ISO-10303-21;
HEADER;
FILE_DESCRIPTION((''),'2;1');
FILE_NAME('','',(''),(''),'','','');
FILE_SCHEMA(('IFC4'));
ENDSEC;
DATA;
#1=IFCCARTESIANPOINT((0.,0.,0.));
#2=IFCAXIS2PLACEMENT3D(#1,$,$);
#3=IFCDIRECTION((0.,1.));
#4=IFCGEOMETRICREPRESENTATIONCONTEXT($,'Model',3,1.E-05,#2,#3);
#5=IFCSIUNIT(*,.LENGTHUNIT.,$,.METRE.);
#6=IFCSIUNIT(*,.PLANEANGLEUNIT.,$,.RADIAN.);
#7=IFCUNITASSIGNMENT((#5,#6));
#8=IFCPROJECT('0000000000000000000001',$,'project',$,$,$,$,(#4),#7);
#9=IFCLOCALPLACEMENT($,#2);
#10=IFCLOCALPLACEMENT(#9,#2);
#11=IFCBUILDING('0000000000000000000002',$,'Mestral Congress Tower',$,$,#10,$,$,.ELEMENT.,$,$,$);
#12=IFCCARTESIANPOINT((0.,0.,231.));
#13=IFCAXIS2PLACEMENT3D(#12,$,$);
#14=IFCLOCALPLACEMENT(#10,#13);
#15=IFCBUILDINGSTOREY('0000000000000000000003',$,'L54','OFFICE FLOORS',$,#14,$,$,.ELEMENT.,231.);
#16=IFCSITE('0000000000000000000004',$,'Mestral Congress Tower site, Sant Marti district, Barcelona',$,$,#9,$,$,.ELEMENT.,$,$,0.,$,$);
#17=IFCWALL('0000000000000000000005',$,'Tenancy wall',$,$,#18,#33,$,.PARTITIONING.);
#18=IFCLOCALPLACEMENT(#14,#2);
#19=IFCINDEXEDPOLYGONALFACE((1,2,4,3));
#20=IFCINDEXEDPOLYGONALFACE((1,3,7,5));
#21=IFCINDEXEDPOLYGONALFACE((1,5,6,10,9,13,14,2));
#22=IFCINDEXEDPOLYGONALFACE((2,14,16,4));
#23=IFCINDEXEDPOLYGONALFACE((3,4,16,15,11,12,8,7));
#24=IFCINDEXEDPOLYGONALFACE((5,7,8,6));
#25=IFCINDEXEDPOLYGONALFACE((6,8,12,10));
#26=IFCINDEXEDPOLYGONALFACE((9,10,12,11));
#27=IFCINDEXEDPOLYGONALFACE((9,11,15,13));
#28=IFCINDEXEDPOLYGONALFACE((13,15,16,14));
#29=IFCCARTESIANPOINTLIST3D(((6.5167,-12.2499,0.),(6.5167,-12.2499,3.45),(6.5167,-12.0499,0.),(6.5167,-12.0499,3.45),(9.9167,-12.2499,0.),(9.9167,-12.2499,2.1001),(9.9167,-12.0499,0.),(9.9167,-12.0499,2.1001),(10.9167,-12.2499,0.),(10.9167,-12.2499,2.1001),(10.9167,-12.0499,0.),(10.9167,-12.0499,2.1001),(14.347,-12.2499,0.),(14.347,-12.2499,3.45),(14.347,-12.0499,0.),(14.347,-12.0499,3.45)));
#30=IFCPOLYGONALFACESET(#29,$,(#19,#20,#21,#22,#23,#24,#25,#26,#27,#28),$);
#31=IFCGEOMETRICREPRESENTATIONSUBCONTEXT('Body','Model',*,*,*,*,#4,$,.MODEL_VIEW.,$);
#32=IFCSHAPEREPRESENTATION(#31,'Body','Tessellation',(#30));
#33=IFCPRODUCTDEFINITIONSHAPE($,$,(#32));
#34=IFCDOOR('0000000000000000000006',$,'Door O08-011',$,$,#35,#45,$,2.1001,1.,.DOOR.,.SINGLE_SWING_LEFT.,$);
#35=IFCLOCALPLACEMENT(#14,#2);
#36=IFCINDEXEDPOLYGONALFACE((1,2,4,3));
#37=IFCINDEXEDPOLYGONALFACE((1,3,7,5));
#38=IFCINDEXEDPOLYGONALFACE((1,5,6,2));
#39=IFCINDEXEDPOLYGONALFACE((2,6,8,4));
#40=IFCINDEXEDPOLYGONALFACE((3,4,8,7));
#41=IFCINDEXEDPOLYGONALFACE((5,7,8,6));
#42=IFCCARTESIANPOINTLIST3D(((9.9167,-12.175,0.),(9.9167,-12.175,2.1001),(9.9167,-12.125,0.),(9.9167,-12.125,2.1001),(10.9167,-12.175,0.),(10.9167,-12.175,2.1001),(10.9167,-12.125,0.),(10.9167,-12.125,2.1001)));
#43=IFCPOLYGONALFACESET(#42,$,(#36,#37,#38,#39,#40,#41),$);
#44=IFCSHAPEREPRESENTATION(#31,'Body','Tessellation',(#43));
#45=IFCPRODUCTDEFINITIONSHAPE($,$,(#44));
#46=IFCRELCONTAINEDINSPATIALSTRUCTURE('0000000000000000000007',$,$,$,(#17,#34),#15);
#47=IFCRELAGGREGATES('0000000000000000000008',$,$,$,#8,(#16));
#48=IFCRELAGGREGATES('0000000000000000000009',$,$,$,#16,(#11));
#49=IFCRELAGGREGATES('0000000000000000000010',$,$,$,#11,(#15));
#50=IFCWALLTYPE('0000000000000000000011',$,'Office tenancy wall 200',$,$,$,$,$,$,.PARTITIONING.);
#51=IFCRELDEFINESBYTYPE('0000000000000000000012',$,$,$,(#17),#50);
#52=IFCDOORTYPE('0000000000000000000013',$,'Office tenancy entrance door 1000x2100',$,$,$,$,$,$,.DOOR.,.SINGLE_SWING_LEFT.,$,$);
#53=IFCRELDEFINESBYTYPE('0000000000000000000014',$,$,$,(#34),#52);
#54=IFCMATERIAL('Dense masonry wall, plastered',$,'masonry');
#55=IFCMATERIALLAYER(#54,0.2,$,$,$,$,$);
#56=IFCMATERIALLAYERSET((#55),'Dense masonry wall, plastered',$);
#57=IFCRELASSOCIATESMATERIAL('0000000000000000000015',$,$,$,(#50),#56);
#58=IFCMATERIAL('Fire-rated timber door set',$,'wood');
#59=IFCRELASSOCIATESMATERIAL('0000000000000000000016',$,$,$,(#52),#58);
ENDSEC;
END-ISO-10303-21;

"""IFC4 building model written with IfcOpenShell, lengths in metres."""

from ifc_helpers import new_model, si_unit, direction, frame, frame_2d, origin, place, context, subcontext, project, spatial, rectangle, extrude, material, layer, layer_set, type_object, element, fill, save


model = new_model("IFC4")

# Units and contexts
model_context = context("Model", 3, precision=1e-05, world=origin(), true_north=direction((0.0, 1.0)))
body_context = subcontext(model_context, "Body", "Model", "MODEL_VIEW")
ifc_project = project(units=[si_unit("LENGTHUNIT", "METRE"), si_unit("PLANEANGLEUNIT", "RADIAN")], contexts=[model_context])

# Site, building, storey
site_placement = place(None, origin())
site = spatial("IfcSite", under=ifc_project, at=site_placement, Name="Mestral Congress Tower site, Sant Marti district, Barcelona", CompositionType="ELEMENT", RefElevation=0.0)
building_placement = place(site_placement, origin())
building = spatial("IfcBuilding", under=site, at=building_placement, Name="Mestral Congress Tower", CompositionType="ELEMENT")
storey_placement = place(building_placement, frame((0.0, 0.0, 231.0)))
storey = spatial("IfcBuildingStorey", under=building, at=storey_placement, Name="L54", Description="OFFICE FLOORS", CompositionType="ELEMENT", Elevation=231.0)

# Shared definitions
ifc_material_1 = material(Name="Dense masonry wall, plastered", Category="masonry")
ifc_layer_1 = layer(ifc_material_1, 0.2)
ifc_layer_set_1 = layer_set([ifc_layer_1], Name="Dense masonry wall, plastered")
wall_type_1 = type_object("IfcWallType", Name="Office tenancy wall 200", PredefinedType="PARTITIONING", material=ifc_layer_set_1)

# Wall, opening, door
wall_1_placement = place(storey_placement, frame((6.5168, -12.1499, 0.0), z_axis=(0.0, 0.0, 1.0), x_axis=(1.0, 0.0, 0.0)))
wall_1 = element("IfcWall", 1, at=wall_1_placement, inside=storey, type_object=wall_type_1, Name="Tenancy wall", PredefinedType="PARTITIONING", context=body_context, shape_type="SweptSolid", body=[
    extrude(rectangle(XDim=7.8303, YDim=0.2, at=frame_2d((3.915, 0.0))), origin(), (0.0, 0.0, 1.0), 3.45),
])
opening_1_placement = place(wall_1_placement, frame((3.3999, 0.0, 0.0)))
opening_1 = element("IfcOpeningElement", 2, at=opening_1_placement, cuts=wall_1, PredefinedType="OPENING", context=body_context, shape_type="SweptSolid", body=[
    extrude(rectangle(XDim=1.0, YDim=2.1001, at=frame_2d((0.5, 1.05))), frame((0.0, 0.1099, 0.0), z_axis=(0.0, -1.0, 0.0), x_axis=(1.0, 0.0, 0.0)), (0.0, 0.0, 1.0), 0.22),
])
ifc_material_2 = material(Name="Fire-rated timber door set", Category="wood")
door_type_1 = type_object("IfcDoorType", Name="Office tenancy entrance door 1000x2100", OperationType="SINGLE_SWING_LEFT", PredefinedType="DOOR", material=ifc_material_2)
door_1_placement = place(opening_1_placement, origin())
door_1 = element("IfcDoor", 3, at=door_1_placement, inside=storey, type_object=door_type_1, Name="Door O08-011", OperationType="SINGLE_SWING_LEFT", OverallHeight=2.1001, OverallWidth=1.0, PredefinedType="DOOR", context=body_context, shape_type="SweptSolid", body=[
    extrude(rectangle(XDim=1.0, YDim=2.1001, at=frame_2d((0.5, 1.05))), frame((0.0, 0.0249, 0.0), z_axis=(0.0, -1.0, 0.0), x_axis=(1.0, 0.0, 0.0)), (0.0, 0.0, 1.0), 0.05),
])
fill(opening_1, door_1)

save(model, "model.ifc")
